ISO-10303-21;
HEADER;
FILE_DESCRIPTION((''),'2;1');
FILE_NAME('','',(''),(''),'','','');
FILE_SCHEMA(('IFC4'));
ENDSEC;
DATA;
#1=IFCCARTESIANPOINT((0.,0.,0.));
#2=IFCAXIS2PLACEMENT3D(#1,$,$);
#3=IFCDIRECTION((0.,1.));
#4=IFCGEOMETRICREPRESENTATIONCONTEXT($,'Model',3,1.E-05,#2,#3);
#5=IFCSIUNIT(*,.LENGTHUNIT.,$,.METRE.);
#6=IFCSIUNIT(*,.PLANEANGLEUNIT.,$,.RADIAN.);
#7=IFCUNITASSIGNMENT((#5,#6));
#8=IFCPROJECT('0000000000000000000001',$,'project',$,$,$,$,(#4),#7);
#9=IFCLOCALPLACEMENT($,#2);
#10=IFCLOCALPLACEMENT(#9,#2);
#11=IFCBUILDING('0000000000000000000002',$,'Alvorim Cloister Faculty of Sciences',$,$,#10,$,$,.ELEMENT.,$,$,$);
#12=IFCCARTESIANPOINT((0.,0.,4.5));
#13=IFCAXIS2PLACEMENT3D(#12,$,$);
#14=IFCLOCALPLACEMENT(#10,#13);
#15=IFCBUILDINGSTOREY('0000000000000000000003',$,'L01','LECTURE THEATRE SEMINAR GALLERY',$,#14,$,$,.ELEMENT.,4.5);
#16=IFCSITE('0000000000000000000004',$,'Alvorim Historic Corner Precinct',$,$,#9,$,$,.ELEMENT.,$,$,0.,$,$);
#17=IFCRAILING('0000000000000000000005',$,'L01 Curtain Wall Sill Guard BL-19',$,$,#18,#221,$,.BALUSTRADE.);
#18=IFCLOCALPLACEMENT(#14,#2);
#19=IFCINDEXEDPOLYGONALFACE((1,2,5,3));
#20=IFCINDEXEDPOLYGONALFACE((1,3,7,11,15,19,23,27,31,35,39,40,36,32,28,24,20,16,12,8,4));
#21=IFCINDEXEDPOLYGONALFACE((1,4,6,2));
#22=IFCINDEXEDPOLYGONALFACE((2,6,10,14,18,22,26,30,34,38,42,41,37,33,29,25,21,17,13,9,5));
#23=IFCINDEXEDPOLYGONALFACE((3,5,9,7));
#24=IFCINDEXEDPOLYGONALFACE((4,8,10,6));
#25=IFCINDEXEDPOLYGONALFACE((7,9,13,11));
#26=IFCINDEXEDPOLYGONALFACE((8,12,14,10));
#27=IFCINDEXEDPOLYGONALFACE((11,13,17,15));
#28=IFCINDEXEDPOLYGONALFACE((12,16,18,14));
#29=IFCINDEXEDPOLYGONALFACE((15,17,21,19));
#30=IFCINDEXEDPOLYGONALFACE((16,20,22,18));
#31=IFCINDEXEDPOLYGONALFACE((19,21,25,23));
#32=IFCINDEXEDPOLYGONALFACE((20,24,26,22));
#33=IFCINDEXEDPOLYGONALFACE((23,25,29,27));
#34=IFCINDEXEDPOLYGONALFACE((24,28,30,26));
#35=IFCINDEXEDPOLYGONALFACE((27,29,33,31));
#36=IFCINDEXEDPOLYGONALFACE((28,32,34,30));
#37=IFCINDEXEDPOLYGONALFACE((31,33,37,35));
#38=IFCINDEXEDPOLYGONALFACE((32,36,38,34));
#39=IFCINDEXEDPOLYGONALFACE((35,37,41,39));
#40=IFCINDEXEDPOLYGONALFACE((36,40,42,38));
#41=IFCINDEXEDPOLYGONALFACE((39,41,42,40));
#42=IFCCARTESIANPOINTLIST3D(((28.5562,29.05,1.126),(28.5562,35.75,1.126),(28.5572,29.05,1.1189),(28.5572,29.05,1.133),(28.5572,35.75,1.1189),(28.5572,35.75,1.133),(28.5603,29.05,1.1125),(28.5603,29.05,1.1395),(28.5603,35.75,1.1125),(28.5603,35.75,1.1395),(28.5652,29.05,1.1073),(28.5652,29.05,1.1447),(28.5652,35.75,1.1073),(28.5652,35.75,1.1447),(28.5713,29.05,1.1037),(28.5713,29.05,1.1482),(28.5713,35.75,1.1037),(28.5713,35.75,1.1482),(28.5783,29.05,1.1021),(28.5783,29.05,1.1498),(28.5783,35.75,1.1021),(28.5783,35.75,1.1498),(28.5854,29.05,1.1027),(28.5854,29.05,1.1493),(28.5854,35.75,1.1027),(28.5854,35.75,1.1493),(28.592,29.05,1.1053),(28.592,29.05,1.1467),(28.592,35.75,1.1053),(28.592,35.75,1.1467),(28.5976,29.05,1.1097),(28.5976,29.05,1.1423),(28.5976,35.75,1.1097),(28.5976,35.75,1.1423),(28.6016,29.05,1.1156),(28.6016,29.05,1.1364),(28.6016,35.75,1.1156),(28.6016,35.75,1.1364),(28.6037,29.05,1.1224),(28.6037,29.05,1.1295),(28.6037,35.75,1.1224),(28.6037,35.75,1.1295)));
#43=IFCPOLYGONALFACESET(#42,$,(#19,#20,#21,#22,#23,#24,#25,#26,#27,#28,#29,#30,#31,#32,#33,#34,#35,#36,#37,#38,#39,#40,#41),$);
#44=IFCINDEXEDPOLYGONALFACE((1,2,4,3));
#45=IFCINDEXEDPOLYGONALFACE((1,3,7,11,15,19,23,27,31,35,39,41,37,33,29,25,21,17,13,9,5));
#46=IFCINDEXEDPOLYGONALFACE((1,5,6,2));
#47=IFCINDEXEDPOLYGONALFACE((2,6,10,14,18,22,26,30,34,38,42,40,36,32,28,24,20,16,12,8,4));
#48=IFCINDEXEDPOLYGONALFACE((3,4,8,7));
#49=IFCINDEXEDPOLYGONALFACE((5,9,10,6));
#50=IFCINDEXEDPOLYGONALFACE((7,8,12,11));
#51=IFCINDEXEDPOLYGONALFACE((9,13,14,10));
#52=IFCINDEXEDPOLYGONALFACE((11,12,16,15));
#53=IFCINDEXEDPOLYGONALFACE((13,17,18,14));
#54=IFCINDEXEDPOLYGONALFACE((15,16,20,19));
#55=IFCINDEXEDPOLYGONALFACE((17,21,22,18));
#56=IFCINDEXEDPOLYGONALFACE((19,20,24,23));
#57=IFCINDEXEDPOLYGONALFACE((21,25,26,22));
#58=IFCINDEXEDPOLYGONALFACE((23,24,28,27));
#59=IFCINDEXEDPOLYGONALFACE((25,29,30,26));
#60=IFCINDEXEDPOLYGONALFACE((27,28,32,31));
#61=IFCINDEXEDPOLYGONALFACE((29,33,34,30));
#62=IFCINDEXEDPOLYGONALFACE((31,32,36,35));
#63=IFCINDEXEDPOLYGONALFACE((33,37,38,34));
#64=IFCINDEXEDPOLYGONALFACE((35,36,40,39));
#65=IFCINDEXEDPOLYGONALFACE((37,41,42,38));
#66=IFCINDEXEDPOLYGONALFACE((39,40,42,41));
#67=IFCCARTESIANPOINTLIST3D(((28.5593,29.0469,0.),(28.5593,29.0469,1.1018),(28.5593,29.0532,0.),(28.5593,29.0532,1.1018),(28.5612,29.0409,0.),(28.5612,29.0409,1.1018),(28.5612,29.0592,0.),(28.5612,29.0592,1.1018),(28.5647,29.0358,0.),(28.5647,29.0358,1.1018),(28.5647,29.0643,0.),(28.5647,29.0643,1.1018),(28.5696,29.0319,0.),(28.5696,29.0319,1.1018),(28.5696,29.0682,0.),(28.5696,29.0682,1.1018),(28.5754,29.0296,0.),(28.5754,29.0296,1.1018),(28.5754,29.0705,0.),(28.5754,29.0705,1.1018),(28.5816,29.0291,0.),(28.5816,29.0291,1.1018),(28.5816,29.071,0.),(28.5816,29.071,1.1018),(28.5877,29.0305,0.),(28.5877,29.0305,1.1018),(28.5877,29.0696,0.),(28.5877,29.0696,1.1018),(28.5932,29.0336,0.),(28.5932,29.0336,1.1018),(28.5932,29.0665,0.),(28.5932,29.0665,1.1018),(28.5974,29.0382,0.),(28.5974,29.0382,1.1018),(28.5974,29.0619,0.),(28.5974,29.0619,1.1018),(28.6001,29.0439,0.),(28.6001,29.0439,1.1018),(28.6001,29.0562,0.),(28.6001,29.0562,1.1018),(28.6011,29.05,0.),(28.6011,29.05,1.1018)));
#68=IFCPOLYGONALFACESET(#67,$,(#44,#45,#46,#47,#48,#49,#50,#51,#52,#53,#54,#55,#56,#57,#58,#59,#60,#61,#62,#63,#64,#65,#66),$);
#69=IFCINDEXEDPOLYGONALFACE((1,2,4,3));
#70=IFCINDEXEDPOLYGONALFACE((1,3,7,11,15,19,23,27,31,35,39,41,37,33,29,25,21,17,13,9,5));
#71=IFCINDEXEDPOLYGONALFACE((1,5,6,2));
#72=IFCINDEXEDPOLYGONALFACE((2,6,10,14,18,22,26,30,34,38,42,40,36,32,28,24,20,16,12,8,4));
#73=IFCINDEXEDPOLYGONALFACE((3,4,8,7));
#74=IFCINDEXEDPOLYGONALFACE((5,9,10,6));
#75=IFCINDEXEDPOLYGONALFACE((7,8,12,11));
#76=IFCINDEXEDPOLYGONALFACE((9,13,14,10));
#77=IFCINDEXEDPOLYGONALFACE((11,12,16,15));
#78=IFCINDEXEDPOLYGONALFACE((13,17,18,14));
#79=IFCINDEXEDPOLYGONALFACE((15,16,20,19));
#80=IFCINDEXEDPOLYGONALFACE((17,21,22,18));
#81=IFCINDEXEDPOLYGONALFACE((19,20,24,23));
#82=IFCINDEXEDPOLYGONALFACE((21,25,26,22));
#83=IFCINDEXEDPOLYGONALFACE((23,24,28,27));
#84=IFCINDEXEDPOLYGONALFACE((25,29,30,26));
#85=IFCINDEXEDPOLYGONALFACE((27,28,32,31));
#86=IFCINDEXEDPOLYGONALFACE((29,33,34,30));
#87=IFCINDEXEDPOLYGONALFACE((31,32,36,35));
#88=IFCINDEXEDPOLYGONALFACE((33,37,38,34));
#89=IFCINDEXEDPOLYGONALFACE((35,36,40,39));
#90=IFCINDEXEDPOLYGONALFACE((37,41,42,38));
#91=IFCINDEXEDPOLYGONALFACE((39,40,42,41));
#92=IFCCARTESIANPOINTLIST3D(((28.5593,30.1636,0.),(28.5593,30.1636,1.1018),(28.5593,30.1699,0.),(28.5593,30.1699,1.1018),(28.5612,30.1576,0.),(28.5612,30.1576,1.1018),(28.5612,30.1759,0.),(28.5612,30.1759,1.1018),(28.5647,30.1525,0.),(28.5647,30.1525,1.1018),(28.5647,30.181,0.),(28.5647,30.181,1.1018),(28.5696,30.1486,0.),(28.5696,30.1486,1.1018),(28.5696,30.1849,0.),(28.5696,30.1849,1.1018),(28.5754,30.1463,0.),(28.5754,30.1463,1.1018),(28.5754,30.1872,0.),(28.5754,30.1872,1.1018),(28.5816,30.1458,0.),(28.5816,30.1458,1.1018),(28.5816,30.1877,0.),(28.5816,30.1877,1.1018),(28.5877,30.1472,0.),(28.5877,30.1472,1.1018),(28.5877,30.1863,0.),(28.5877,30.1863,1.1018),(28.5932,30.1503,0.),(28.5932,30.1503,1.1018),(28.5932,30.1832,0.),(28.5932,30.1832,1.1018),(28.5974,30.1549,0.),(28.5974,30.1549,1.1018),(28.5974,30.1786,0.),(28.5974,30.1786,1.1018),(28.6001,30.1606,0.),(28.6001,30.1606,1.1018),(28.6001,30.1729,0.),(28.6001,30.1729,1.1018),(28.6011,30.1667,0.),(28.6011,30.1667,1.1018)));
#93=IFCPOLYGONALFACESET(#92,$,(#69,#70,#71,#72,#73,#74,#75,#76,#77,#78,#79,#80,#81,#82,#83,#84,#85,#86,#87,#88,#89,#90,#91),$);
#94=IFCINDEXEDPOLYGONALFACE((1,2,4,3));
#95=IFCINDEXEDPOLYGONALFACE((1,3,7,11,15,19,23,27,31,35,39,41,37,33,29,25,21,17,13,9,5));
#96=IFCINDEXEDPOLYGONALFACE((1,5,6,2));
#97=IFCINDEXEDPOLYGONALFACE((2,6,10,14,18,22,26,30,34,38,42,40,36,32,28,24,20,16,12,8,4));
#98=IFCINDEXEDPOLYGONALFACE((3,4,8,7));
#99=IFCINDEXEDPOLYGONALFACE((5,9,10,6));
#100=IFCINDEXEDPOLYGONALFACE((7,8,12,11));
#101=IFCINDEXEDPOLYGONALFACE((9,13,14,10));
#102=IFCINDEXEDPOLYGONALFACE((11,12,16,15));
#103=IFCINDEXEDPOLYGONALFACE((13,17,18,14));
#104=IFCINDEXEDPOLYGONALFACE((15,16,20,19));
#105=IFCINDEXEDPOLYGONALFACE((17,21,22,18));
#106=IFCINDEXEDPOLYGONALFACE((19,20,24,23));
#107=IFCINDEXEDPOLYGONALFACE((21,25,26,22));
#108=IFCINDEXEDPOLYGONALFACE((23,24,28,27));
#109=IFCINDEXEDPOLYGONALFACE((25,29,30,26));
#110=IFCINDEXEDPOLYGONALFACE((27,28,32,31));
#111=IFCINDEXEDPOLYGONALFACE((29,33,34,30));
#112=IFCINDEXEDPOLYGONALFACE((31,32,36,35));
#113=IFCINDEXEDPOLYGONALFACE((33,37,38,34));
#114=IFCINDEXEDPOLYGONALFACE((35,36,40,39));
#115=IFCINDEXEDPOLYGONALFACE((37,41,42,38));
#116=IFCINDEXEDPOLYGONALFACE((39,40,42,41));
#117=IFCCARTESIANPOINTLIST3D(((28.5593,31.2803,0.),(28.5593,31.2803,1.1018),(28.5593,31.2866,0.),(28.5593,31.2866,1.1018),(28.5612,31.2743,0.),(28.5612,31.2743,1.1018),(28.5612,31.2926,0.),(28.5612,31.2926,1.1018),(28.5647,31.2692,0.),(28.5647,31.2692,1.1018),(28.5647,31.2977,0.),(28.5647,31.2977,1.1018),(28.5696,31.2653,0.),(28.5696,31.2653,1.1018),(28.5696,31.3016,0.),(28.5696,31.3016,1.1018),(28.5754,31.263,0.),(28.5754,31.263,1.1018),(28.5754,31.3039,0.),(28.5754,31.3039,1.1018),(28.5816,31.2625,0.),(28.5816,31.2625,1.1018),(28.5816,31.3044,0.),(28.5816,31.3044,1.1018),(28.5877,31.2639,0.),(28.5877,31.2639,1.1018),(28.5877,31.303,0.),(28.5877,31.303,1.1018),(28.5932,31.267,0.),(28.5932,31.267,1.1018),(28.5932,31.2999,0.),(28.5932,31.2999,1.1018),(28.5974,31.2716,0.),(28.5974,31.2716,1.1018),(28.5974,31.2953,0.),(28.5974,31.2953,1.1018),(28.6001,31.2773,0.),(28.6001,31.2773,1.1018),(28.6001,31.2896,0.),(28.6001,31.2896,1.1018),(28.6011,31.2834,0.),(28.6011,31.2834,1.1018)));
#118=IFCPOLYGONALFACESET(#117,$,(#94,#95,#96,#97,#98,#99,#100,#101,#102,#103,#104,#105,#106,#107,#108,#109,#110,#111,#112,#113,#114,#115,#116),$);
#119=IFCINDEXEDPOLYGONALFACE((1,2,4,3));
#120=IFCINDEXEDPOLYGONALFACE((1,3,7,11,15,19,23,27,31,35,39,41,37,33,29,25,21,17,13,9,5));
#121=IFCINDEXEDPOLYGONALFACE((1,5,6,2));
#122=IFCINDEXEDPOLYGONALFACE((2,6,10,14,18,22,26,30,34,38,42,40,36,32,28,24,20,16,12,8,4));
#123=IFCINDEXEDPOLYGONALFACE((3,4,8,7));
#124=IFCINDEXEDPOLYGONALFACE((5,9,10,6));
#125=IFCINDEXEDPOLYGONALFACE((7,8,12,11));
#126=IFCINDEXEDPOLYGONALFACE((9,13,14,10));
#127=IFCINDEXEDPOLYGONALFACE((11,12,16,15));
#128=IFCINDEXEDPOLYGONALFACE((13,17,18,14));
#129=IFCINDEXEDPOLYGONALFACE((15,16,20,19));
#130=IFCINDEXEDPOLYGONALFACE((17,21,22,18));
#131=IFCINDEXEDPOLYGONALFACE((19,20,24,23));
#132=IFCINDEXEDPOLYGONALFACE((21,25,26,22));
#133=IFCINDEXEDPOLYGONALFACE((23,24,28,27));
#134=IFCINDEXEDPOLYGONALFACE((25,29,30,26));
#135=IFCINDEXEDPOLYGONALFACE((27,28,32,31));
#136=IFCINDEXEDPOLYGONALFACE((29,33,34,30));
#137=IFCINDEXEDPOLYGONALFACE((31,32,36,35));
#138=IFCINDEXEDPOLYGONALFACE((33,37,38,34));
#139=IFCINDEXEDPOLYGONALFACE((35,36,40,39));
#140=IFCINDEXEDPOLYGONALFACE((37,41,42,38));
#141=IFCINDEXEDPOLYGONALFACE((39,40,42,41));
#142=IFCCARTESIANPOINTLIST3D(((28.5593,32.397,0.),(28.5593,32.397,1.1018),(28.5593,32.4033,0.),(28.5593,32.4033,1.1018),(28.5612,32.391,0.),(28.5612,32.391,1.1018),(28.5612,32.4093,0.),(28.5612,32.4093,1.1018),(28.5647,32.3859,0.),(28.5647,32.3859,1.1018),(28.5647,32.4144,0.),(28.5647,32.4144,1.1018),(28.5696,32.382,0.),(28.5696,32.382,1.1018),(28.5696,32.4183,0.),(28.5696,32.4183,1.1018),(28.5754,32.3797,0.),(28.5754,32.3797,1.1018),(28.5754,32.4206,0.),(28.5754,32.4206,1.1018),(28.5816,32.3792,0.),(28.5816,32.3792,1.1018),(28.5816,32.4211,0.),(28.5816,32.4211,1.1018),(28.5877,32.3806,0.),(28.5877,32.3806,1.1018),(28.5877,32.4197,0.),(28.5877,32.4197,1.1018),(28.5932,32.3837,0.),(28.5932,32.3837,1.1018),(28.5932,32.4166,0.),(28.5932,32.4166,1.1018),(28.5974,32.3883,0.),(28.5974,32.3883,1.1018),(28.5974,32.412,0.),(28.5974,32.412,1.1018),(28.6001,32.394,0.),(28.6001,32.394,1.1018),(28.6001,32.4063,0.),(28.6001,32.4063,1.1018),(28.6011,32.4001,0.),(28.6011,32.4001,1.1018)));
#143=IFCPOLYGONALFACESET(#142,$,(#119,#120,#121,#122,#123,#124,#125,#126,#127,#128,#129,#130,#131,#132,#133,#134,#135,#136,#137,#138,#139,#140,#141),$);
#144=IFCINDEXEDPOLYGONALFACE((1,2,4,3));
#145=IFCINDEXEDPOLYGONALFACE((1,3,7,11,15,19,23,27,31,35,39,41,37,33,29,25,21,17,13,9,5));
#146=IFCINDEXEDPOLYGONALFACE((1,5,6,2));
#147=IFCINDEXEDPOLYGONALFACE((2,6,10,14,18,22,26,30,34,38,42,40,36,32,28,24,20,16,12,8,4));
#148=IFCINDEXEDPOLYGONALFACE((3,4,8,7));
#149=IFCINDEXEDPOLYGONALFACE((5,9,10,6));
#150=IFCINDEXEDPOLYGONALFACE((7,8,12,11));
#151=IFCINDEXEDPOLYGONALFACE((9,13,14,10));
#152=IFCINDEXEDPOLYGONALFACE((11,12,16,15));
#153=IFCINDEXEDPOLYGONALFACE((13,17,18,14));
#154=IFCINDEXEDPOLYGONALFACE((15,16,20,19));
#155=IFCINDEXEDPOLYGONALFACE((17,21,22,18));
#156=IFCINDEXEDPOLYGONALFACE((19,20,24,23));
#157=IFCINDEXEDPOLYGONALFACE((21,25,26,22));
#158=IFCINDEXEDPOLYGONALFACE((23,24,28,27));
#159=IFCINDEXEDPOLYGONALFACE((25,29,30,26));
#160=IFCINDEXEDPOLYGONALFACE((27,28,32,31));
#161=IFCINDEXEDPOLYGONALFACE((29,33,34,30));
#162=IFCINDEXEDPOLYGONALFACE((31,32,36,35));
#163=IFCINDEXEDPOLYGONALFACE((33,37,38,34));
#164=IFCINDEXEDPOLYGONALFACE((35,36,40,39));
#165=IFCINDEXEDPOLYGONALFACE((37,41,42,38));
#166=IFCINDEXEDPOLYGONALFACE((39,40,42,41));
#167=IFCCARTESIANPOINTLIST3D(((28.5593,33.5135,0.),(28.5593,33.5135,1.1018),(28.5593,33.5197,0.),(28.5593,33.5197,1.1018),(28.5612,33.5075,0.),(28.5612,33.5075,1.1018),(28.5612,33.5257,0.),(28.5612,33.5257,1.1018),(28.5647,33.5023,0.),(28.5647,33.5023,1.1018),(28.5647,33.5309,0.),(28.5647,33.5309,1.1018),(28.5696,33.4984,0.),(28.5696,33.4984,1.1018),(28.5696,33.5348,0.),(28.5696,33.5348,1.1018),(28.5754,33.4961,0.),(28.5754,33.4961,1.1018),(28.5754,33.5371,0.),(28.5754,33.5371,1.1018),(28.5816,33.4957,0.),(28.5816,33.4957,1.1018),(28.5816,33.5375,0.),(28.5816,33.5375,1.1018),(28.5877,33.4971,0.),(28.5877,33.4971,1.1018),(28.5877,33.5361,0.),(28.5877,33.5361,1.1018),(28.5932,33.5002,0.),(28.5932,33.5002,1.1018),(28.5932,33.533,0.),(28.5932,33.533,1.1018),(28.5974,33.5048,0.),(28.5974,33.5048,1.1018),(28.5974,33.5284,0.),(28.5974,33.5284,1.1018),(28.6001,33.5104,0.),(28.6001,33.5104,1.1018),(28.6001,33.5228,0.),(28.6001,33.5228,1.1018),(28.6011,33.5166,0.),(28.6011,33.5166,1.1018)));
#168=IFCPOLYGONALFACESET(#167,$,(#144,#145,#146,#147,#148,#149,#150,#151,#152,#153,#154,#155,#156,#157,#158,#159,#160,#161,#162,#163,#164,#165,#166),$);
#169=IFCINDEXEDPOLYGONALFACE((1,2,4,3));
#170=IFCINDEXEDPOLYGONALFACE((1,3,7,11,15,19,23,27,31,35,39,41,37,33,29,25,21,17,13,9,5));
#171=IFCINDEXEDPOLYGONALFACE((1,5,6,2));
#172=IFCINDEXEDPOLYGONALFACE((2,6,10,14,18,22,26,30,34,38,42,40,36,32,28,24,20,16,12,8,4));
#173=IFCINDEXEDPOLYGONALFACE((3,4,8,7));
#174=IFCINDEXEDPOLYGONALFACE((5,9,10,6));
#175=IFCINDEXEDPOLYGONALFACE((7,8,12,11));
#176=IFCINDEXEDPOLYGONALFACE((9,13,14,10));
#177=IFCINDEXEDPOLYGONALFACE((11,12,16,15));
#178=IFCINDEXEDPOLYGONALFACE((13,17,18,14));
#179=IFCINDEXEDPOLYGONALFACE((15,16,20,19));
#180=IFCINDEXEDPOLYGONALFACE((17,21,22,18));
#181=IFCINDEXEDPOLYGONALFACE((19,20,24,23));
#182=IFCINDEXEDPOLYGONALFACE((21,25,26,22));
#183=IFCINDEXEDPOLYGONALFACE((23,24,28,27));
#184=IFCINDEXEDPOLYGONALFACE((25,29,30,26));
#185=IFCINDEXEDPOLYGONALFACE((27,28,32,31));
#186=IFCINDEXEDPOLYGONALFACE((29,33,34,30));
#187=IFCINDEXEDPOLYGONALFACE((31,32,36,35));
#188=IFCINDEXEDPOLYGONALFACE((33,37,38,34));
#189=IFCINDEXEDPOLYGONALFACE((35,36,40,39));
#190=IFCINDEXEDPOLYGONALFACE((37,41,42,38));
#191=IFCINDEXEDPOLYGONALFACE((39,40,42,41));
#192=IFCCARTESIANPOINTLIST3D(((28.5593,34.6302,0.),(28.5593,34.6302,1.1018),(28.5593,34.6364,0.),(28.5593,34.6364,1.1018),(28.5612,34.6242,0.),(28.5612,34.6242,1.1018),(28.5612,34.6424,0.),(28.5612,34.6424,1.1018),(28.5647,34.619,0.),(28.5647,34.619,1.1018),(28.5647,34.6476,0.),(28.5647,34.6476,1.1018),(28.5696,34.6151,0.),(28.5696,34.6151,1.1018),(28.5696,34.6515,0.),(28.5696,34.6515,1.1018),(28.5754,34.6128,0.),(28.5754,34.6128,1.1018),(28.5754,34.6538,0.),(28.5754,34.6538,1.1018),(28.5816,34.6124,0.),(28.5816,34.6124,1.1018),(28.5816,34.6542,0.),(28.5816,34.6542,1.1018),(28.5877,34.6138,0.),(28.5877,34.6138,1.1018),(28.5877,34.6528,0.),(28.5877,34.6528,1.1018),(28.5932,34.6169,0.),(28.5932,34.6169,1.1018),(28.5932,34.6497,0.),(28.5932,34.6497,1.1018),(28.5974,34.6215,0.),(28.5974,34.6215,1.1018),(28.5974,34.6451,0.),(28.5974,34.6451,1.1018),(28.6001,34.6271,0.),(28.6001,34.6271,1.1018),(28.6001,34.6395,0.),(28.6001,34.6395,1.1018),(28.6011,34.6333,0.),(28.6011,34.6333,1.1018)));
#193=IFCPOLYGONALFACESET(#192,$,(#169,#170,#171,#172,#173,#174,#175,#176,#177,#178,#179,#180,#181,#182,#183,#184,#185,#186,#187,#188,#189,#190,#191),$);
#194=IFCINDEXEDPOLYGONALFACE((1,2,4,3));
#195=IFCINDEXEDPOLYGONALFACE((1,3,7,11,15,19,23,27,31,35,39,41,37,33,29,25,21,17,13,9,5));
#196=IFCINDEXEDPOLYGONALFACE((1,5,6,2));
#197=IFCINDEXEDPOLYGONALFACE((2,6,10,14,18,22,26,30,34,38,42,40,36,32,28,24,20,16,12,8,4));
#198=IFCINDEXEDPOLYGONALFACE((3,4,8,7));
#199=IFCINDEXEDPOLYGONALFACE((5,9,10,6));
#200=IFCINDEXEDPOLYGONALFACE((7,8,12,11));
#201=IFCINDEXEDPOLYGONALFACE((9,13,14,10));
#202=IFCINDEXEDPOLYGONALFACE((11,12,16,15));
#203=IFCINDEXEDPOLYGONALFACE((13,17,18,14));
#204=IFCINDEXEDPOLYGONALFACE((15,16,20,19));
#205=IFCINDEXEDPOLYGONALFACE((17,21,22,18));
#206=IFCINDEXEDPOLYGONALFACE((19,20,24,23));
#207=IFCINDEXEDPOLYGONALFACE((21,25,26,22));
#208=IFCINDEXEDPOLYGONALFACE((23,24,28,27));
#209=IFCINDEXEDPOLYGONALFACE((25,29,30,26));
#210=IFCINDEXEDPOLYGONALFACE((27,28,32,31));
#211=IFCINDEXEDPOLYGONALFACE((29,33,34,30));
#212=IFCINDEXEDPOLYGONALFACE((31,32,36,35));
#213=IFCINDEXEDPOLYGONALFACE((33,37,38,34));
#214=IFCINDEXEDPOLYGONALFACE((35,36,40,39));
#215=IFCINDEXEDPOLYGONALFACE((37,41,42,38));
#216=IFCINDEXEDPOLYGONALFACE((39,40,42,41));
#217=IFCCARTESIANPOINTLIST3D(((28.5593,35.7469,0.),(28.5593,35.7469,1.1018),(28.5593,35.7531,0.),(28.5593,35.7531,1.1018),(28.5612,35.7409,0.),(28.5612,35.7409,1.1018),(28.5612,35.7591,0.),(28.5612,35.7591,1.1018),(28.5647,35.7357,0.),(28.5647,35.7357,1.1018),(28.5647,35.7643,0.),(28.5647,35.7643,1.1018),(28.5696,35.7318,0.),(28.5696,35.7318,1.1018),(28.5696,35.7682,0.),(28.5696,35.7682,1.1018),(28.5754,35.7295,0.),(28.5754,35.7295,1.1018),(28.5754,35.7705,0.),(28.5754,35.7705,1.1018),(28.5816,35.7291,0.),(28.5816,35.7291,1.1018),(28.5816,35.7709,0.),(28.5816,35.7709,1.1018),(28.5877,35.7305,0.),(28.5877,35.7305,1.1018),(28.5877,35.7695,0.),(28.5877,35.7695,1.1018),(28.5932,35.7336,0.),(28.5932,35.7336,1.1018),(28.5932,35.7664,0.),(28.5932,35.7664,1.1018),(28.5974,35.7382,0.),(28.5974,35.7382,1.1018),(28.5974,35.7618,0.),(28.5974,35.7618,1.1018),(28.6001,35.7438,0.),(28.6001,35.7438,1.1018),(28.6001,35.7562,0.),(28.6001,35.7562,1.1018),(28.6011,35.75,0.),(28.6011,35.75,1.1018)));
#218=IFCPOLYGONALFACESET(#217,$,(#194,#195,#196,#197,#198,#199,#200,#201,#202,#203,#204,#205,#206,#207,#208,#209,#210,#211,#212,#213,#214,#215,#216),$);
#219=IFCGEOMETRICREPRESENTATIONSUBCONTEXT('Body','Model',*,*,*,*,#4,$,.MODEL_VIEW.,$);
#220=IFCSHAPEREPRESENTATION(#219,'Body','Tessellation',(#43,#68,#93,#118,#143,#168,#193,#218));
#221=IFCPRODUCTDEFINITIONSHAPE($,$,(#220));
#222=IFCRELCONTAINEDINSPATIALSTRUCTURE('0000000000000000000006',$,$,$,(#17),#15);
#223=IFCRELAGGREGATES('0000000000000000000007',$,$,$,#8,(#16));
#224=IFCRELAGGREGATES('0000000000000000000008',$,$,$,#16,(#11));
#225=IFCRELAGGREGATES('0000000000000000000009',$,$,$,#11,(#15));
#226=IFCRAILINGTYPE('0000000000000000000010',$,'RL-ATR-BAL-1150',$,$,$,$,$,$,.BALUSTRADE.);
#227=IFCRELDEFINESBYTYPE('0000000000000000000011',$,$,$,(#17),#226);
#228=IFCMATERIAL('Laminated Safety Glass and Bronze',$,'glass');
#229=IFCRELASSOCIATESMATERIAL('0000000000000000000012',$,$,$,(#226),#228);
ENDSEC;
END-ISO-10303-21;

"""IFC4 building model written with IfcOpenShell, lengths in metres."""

from ifc_helpers import new_model, si_unit, direction, frame, origin, origin_2d, place, context, subcontext, project, spatial, circle, extrude, material, type_object, element, save


model = new_model("IFC4")

# Units and contexts
model_context = context("Model", 3, precision=1e-05, world=origin(), true_north=direction((0.0, 1.0)))
body_context = subcontext(model_context, "Body", "Model", "MODEL_VIEW")
ifc_project = project(units=[si_unit("LENGTHUNIT", "METRE"), si_unit("PLANEANGLEUNIT", "RADIAN")], contexts=[model_context])

# Site, building, storey
site_placement = place(None, origin())
site = spatial("IfcSite", under=ifc_project, at=site_placement, Name="Alvorim Historic Corner Precinct", CompositionType="ELEMENT", RefElevation=0.0)
building_placement = place(site_placement, origin())
building = spatial("IfcBuilding", under=site, at=building_placement, Name="Alvorim Cloister Faculty of Sciences", CompositionType="ELEMENT")
storey_placement = place(building_placement, frame((0.0, 0.0, 4.5)))
storey = spatial("IfcBuildingStorey", under=building, at=storey_placement, Name="L01", Description="LECTURE THEATRE SEMINAR GALLERY", CompositionType="ELEMENT", Elevation=4.5)

# Railing
ifc_material_1 = material(Name="Laminated Safety Glass and Bronze", Category="glass")
railing_type = type_object("IfcRailingType", Name="RL-ATR-BAL-1150", PredefinedType="BALUSTRADE", material=ifc_material_1)
railing_placement = place(storey_placement, frame((28.5801, 29.05, 0.0)))
element("IfcRailing", 1, at=railing_placement, inside=storey, type_object=railing_type, Name="L01 Curtain Wall Sill Guard BL-19", PredefinedType="BALUSTRADE", context=body_context, shape_type="SweptSolid", body=[
    extrude(circle(Radius=0.0239, at=origin_2d()), frame((0.0, 0.0, 1.126), z_axis=(0.0, 1.0, 0.0), x_axis=(-1.0, 0.0, 0.0)), (0.0, 0.0, 1.0), 6.7),
    extrude(circle(Radius=0.021, at=origin_2d()), origin(), (0.0, 0.0, 1.0), 1.1018),
    extrude(circle(Radius=0.021, at=origin_2d()), frame((0.0, 1.1167, 0.0)), (0.0, 0.0, 1.0), 1.1018),
    extrude(circle(Radius=0.021, at=origin_2d()), frame((0.0, 2.2334, 0.0)), (0.0, 0.0, 1.0), 1.1018),
    extrude(circle(Radius=0.021, at=origin_2d()), frame((0.0, 3.3501, 0.0)), (0.0, 0.0, 1.0), 1.1018),
    extrude(circle(Radius=0.021, at=origin_2d()), frame((0.0, 4.4666, 0.0)), (0.0, 0.0, 1.0), 1.1018),
    extrude(circle(Radius=0.021, at=origin_2d()), frame((0.0, 5.5833, 0.0)), (0.0, 0.0, 1.0), 1.1018),
    extrude(circle(Radius=0.021, at=origin_2d()), frame((0.0, 6.7, 0.0)), (0.0, 0.0, 1.0), 1.1018),
])

save(model, "model.ifc")
